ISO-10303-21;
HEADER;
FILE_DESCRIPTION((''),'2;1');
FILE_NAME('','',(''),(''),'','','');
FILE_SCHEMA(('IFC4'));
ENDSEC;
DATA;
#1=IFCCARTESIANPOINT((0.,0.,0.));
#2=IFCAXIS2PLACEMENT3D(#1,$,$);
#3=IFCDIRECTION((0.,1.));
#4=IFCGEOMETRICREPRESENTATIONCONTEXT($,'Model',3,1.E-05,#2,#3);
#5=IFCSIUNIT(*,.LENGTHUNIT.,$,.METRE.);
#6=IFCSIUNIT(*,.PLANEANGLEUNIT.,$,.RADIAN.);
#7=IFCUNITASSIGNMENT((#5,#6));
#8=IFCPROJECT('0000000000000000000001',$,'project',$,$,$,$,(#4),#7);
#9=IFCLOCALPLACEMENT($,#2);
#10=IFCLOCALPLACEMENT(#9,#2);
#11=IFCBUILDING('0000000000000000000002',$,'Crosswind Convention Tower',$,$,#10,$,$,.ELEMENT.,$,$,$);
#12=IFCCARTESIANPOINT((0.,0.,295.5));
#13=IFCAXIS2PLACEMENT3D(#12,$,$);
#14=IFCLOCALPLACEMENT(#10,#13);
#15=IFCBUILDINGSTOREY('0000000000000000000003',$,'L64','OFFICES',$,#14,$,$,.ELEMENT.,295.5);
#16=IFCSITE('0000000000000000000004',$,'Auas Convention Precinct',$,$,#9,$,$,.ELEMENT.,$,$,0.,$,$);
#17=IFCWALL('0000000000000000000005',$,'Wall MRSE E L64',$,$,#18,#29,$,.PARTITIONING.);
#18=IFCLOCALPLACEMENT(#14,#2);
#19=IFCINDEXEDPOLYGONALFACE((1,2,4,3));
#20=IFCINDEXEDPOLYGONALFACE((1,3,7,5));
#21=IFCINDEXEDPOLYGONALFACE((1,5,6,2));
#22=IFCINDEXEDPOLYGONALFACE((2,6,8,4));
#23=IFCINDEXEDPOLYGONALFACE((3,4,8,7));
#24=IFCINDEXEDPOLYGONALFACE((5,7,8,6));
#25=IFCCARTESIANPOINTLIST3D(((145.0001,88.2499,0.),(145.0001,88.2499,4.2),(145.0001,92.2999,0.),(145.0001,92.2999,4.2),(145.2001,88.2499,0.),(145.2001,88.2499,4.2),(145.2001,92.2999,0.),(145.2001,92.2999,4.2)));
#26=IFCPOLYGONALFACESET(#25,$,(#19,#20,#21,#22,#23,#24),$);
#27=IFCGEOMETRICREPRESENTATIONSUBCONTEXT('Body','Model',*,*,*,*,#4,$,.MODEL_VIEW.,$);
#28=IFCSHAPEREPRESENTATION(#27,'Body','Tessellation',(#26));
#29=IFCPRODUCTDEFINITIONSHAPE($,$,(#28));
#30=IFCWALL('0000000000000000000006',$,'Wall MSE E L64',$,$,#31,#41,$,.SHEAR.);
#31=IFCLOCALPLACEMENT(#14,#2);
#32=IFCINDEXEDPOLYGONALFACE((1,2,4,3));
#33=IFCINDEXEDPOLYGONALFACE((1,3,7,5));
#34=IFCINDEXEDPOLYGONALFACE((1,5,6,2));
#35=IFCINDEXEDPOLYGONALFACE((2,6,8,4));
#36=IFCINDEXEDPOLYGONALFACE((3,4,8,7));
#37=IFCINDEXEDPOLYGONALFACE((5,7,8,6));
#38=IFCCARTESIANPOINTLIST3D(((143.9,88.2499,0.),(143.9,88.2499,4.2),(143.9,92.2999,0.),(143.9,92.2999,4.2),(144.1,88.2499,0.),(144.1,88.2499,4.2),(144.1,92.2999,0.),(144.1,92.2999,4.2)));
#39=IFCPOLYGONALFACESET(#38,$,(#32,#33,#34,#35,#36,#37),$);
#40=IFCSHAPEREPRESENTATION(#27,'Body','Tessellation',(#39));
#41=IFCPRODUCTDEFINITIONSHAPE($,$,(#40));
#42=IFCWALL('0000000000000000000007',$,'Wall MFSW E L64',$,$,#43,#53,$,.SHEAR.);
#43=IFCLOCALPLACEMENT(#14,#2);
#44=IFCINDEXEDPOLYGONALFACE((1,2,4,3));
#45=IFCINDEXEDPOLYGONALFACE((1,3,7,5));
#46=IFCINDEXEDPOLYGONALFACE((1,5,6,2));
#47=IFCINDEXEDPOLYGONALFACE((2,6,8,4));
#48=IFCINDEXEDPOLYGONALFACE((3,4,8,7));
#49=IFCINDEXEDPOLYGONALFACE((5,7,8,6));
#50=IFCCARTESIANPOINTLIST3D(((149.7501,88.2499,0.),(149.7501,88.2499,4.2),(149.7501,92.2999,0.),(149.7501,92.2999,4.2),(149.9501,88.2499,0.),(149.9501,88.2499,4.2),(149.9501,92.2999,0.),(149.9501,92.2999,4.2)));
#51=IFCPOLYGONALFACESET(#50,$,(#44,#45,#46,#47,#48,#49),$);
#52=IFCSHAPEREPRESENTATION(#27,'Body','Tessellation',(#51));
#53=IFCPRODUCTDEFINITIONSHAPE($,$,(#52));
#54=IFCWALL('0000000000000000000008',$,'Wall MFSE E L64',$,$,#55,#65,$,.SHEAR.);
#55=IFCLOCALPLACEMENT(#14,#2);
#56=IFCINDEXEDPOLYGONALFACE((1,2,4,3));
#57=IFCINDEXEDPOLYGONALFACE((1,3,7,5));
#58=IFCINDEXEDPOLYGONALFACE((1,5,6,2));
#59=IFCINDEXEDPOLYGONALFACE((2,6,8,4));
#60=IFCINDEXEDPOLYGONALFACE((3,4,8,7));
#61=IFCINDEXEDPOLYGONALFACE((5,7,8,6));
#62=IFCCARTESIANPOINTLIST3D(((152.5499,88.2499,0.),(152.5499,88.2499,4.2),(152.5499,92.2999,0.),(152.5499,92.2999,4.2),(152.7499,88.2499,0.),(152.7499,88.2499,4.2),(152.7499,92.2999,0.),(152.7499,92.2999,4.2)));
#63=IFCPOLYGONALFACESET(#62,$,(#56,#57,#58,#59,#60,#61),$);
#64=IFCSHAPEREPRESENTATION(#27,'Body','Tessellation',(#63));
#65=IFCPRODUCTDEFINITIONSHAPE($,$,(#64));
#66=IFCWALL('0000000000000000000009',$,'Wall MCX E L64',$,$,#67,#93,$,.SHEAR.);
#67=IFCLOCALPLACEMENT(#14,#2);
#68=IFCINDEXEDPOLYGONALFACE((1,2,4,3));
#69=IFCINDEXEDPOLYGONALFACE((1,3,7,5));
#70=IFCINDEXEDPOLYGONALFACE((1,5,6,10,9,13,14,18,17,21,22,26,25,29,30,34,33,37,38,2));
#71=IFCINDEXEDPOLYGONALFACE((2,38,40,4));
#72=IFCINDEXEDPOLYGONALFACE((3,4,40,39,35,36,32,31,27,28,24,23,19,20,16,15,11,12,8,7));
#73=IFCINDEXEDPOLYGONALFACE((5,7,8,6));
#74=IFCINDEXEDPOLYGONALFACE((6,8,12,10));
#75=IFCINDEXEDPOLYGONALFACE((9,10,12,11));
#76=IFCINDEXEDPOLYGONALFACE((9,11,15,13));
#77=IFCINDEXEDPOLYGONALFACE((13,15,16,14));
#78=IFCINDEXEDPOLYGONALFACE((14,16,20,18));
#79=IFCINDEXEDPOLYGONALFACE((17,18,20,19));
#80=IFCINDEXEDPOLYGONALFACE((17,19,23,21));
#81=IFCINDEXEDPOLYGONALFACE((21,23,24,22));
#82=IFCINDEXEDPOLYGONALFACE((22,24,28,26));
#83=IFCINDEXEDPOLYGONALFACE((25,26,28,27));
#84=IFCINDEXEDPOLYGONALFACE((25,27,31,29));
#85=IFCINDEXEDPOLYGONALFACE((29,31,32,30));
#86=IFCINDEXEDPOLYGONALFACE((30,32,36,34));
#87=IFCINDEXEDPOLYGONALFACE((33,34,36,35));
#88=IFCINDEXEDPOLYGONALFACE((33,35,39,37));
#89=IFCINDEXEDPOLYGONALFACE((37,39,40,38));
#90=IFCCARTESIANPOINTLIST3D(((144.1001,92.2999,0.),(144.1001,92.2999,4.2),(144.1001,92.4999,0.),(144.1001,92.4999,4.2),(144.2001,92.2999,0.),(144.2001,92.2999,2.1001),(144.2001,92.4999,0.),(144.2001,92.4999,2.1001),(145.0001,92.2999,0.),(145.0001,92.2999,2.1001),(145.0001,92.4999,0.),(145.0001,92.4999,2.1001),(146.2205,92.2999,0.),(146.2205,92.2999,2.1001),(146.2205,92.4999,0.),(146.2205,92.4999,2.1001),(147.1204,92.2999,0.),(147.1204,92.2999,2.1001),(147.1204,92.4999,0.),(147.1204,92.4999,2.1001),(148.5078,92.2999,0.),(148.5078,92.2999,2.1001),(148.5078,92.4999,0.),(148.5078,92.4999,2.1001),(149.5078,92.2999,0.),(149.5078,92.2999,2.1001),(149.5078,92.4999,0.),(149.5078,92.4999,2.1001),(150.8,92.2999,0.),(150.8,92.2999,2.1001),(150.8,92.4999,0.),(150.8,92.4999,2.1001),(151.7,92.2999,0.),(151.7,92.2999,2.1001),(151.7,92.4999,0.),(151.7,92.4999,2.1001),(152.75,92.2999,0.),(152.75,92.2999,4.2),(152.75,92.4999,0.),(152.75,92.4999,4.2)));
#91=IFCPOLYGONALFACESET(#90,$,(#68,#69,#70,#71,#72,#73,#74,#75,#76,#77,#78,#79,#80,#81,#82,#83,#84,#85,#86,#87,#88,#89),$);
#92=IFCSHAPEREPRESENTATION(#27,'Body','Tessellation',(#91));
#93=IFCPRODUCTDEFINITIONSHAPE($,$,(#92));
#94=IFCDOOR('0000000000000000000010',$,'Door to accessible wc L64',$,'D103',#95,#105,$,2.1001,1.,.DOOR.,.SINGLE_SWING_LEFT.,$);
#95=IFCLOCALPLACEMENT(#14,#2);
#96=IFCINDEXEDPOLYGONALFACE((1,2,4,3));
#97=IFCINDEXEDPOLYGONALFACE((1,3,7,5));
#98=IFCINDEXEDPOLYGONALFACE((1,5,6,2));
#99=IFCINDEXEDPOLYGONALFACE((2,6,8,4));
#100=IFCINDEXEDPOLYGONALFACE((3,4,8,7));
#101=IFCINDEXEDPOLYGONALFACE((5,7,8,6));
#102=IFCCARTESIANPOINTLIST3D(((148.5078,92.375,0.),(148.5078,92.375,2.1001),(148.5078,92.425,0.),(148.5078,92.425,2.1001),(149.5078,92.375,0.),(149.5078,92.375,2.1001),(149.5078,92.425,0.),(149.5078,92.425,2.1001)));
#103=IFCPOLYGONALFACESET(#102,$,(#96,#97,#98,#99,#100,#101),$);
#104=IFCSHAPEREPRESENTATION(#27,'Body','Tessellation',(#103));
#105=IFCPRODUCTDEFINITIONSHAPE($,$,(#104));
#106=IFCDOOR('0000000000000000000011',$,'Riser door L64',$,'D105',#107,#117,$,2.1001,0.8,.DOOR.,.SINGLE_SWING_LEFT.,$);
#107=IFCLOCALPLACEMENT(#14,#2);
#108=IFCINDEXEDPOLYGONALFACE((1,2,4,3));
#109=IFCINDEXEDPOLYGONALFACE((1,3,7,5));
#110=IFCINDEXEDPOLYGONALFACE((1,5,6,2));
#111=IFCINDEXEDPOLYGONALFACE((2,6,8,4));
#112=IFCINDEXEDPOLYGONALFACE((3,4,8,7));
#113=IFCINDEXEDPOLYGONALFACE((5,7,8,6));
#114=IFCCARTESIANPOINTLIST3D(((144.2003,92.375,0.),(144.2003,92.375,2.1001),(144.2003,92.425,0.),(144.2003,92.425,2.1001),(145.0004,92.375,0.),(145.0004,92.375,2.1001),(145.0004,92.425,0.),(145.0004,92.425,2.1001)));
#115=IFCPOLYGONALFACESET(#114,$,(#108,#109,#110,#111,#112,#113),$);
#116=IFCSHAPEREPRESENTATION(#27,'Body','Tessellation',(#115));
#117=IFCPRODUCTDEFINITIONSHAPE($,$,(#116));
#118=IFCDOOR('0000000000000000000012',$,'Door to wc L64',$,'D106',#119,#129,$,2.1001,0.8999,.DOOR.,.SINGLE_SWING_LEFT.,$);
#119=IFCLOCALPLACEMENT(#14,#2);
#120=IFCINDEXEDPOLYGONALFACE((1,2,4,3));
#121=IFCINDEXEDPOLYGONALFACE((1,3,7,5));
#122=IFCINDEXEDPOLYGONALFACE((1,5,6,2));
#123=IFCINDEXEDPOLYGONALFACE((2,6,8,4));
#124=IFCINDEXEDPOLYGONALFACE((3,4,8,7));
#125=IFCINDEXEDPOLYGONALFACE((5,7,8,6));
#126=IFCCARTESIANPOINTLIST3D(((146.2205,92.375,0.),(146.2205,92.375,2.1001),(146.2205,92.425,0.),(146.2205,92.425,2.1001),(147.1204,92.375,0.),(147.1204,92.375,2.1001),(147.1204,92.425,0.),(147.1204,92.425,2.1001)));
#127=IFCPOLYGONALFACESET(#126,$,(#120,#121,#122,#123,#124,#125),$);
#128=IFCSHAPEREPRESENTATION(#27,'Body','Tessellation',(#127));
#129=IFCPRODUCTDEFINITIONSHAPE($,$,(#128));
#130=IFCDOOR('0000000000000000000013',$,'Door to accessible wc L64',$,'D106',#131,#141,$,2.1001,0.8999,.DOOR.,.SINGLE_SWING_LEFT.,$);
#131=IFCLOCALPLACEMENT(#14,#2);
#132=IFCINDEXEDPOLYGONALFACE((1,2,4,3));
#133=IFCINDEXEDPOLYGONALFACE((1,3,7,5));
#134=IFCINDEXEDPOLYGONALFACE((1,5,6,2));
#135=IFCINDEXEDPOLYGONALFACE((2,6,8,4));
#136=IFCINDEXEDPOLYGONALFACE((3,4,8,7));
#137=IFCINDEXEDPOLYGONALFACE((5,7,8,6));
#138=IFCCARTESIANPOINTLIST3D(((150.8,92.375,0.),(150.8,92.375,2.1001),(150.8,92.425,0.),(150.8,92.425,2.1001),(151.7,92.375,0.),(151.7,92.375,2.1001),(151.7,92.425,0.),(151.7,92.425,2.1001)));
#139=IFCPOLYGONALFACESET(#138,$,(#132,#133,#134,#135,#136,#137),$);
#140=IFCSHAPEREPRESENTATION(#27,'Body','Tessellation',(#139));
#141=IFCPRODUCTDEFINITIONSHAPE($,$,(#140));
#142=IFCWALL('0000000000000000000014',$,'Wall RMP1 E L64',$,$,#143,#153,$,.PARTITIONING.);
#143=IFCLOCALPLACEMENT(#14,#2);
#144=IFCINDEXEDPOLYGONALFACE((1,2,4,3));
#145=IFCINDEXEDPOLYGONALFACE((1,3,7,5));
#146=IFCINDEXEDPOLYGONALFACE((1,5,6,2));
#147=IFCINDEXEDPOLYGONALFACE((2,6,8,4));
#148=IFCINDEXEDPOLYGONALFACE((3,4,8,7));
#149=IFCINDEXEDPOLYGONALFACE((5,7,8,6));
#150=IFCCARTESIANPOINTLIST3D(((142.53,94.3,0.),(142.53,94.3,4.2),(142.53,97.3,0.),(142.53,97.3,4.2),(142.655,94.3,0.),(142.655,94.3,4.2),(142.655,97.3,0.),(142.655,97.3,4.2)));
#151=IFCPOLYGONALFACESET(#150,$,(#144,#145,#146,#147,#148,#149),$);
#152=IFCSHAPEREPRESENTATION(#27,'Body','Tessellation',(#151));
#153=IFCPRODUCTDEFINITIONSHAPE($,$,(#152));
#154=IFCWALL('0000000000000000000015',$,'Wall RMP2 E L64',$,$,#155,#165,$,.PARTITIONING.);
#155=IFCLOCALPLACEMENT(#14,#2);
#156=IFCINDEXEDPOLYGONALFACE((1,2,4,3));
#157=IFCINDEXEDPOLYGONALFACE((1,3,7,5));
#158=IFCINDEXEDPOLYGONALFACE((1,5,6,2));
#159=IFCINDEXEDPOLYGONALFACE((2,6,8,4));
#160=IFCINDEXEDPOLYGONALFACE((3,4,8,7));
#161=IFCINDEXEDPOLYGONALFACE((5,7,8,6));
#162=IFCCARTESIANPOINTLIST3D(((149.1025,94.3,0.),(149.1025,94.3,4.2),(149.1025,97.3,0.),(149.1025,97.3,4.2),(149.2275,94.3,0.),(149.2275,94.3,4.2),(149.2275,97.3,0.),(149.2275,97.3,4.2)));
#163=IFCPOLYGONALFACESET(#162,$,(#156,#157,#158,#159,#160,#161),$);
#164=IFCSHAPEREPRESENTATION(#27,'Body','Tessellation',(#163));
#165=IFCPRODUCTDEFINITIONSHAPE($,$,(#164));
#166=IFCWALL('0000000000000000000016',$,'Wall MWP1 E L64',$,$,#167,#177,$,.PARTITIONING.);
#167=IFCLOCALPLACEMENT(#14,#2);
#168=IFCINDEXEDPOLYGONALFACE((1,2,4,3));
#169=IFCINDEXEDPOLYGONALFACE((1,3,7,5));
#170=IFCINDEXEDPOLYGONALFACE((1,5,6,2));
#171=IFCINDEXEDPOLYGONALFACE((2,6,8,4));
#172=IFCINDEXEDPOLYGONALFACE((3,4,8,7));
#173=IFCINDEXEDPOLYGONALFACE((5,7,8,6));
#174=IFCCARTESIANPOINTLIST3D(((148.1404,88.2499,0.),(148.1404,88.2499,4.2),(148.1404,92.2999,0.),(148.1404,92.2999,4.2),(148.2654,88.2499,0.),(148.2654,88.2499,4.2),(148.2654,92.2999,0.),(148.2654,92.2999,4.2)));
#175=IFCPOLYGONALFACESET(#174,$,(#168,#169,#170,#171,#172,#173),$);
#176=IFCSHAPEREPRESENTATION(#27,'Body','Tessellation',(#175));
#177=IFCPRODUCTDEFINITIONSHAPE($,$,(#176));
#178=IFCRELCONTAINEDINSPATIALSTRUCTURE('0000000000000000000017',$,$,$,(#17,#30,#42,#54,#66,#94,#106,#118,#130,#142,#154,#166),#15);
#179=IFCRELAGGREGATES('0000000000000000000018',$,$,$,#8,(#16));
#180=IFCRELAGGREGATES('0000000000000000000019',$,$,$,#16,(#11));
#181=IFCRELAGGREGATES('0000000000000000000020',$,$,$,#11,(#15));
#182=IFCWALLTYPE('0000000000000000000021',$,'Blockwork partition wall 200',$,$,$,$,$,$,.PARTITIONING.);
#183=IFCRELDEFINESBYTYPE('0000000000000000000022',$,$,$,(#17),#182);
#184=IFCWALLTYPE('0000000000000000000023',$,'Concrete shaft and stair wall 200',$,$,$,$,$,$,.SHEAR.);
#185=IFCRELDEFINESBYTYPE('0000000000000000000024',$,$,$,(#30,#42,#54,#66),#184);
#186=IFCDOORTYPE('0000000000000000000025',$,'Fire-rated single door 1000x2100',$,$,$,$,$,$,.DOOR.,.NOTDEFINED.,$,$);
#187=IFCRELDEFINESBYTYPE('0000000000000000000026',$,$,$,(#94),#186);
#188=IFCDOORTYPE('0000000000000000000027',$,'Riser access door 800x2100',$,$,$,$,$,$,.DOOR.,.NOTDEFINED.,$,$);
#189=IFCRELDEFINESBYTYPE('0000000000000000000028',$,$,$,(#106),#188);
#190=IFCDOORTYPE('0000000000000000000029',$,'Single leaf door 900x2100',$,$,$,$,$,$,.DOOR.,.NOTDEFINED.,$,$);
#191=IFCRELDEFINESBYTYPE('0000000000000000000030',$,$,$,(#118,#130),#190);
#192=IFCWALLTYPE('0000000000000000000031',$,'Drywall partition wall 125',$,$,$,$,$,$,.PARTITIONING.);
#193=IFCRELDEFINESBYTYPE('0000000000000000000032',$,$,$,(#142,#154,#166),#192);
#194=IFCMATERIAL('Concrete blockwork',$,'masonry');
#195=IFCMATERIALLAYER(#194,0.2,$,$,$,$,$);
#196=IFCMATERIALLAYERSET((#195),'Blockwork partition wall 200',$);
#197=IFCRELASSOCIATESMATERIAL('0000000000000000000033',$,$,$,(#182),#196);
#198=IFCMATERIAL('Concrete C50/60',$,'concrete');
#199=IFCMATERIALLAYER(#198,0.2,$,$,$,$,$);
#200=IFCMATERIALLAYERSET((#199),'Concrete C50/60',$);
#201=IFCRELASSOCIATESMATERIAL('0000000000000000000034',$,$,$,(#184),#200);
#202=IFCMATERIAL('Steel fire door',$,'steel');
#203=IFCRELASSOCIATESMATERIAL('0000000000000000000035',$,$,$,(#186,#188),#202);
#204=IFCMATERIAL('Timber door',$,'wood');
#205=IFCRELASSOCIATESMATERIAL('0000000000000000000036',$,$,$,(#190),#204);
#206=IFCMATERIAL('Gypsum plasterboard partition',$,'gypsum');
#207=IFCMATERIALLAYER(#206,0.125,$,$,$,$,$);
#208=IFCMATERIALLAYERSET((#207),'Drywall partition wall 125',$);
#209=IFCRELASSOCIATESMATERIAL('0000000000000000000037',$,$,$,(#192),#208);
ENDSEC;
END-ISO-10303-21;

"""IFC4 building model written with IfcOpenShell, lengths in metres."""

from ifc_helpers import new_model, si_unit, direction, frame, frame_2d, origin, place, context, subcontext, project, spatial, rectangle, extrude, material, layer, layer_set, type_object, element, fill, save


model = new_model("IFC4")

# Units and contexts
model_context = context("Model", 3, precision=1e-05, world=origin(), true_north=direction((0.0, 1.0)))
body_context = subcontext(model_context, "Body", "Model", "MODEL_VIEW")
ifc_project = project(units=[si_unit("LENGTHUNIT", "METRE"), si_unit("PLANEANGLEUNIT", "RADIAN")], contexts=[model_context])

# Site, building, storey
site_placement = place(None, origin())
site = spatial("IfcSite", under=ifc_project, at=site_placement, Name="Auas Convention Precinct", CompositionType="ELEMENT", RefElevation=0.0)
building_placement = place(site_placement, origin())
building = spatial("IfcBuilding", under=site, at=building_placement, Name="Crosswind Convention Tower", CompositionType="ELEMENT")
storey_placement = place(building_placement, frame((0.0, 0.0, 295.5)))
storey = spatial("IfcBuildingStorey", under=building, at=storey_placement, Name="L64", Description="OFFICES", CompositionType="ELEMENT", Elevation=295.5)

# Walls
ifc_material_1 = material(Name="Concrete blockwork", Category="masonry")
ifc_layer_1 = layer(ifc_material_1, 0.2)
ifc_layer_set_1 = layer_set([ifc_layer_1], Name="Blockwork partition wall 200")
wall_type_1 = type_object("IfcWallType", Name="Blockwork partition wall 200", PredefinedType="PARTITIONING", material=ifc_layer_set_1)
wall_1_placement = place(storey_placement, frame((145.1001, 88.25, 0.0), z_axis=(0.0, 0.0, 1.0), x_axis=(0.0, 1.0, 0.0)))
element("IfcWall", 1, at=wall_1_placement, inside=storey, type_object=wall_type_1, Name="Wall MRSE E L64", PredefinedType="PARTITIONING", context=body_context, shape_type="SweptSolid", body=[
    extrude(rectangle(XDim=4.05, YDim=0.2, at=frame_2d((2.0249, 0.0))), origin(), (0.0, 0.0, 1.0), 4.2),
])
ifc_material_2 = material(Name="Concrete C50/60", Category="concrete")
ifc_layer_2 = layer(ifc_material_2, 0.2)
ifc_layer_set_2 = layer_set([ifc_layer_2], Name="Concrete C50/60")
wall_type_2 = type_object("IfcWallType", Name="Concrete shaft and stair wall 200", PredefinedType="SHEAR", material=ifc_layer_set_2)
for number, where, z_axis, x_axis, name in (
    (2, (144.0, 88.25, 0.0), (0.0, 0.0, 1.0), (0.0, 1.0, 0.0), "Wall MSE E L64"),
    (3, (149.8501, 88.25, 0.0), (0.0, 0.0, 1.0), (0.0, 1.0, 0.0), "Wall MFSW E L64"),
    (4, (152.6499, 88.25, 0.0), (0.0, 0.0, 1.0), (0.0, 1.0, 0.0), "Wall MFSE E L64"),
):
    element("IfcWall", number, at=place(storey_placement, frame(where, z_axis=z_axis, x_axis=x_axis)), inside=storey, type_object=wall_type_2, Name=name, PredefinedType="SHEAR", context=body_context, shape_type="SweptSolid", body=[
        extrude(rectangle(XDim=4.05, YDim=0.2, at=frame_2d((2.0249, 0.0))), origin(), (0.0, 0.0, 1.0), 4.2),
    ])

# Wall, openings, doors
wall_2_placement = place(storey_placement, frame((144.1001, 92.3999, 0.0), z_axis=(0.0, 0.0, 1.0), x_axis=(1.0, 0.0, 0.0)))
wall_2 = element("IfcWall", 5, at=wall_2_placement, inside=storey, type_object=wall_type_2, Name="Wall MCX E L64", PredefinedType="SHEAR", context=body_context, shape_type="SweptSolid", body=[
    extrude(rectangle(XDim=8.6499, YDim=0.2, at=frame_2d((4.325, 0.0))), origin(), (0.0, 0.0, 1.0), 4.2),
])
opening_1_placement = place(wall_2_placement, frame((0.1001, 0.0, 0.0)))
opening_1 = element("IfcOpeningElement", 6, at=opening_1_placement, cuts=wall_2, PredefinedType="OPENING", context=body_context, shape_type="SweptSolid", body=[
    extrude(rectangle(XDim=0.8, YDim=2.1001, at=frame_2d((0.3999, 1.05))), frame((0.0, 0.1099, 0.0), z_axis=(0.0, -1.0, 0.0), x_axis=(1.0, 0.0, 0.0)), (0.0, 0.0, 1.0), 0.22),
])
opening_2_placement = place(wall_2_placement, frame((2.1204, 0.0, 0.0)))
opening_2 = element("IfcOpeningElement", 7, at=opening_2_placement, cuts=wall_2, PredefinedType="OPENING", context=body_context, shape_type="SweptSolid", body=[
    extrude(rectangle(XDim=0.8999, YDim=2.1001, at=frame_2d((0.45, 1.05))), frame((0.0, 0.1099, 0.0), z_axis=(0.0, -1.0, 0.0), x_axis=(1.0, 0.0, 0.0)), (0.0, 0.0, 1.0), 0.22),
])
opening_3_placement = place(wall_2_placement, frame((4.4077, 0.0, 0.0)))
opening_3 = element("IfcOpeningElement", 8, at=opening_3_placement, cuts=wall_2, PredefinedType="OPENING", context=body_context, shape_type="SweptSolid", body=[
    extrude(rectangle(XDim=1.0, YDim=2.1001, at=frame_2d((0.5, 1.05))), frame((0.0, 0.1099, 0.0), z_axis=(0.0, -1.0, 0.0), x_axis=(1.0, 0.0, 0.0)), (0.0, 0.0, 1.0), 0.22),
])
opening_4_placement = place(wall_2_placement, frame((6.7, 0.0, 0.0)))
opening_4 = element("IfcOpeningElement", 9, at=opening_4_placement, cuts=wall_2, PredefinedType="OPENING", context=body_context, shape_type="SweptSolid", body=[
    extrude(rectangle(XDim=0.8999, YDim=2.1001, at=frame_2d((0.45, 1.05))), frame((0.0, 0.1099, 0.0), z_axis=(0.0, -1.0, 0.0), x_axis=(1.0, 0.0, 0.0)), (0.0, 0.0, 1.0), 0.22),
])
ifc_material_3 = material(Name="Steel fire door", Category="steel")
door_type_1 = type_object("IfcDoorType", Name="Fire-rated single door 1000x2100", OperationType="NOTDEFINED", PredefinedType="DOOR", material=ifc_material_3)
door_1_placement = place(opening_3_placement, frame((1.0, 0.0, 0.0), z_axis=(0.0, 0.0, 1.0), x_axis=(-1.0, 0.0, 0.0)))
door_1 = element("IfcDoor", 10, at=door_1_placement, inside=storey, type_object=door_type_1, Name="Door to accessible wc L64", ObjectType="D103", OperationType="SINGLE_SWING_LEFT", OverallHeight=2.1001, OverallWidth=1.0, PredefinedType="DOOR", context=body_context, shape_type="SweptSolid", body=[
    extrude(rectangle(XDim=1.0, YDim=2.1001, at=frame_2d((0.5, 1.05))), frame((0.0, 0.0249, 0.0), z_axis=(0.0, -1.0, 0.0), x_axis=(1.0, 0.0, 0.0)), (0.0, 0.0, 1.0), 0.05),
])
fill(opening_3, door_1)
door_type_2 = type_object("IfcDoorType", Name="Riser access door 800x2100", OperationType="NOTDEFINED", PredefinedType="DOOR", material=ifc_material_3)
door_2_placement = place(opening_1_placement, frame((0.8, 0.0, 0.0), z_axis=(0.0, 0.0, 1.0), x_axis=(-1.0, 0.0, 0.0)))
door_2 = element("IfcDoor", 11, at=door_2_placement, inside=storey, type_object=door_type_2, Name="Riser door L64", ObjectType="D105", OperationType="SINGLE_SWING_LEFT", OverallHeight=2.1001, OverallWidth=0.8, PredefinedType="DOOR", context=body_context, shape_type="SweptSolid", body=[
    extrude(rectangle(XDim=0.8, YDim=2.1001, at=frame_2d((0.3999, 1.05))), frame((0.0, 0.0249, 0.0), z_axis=(0.0, -1.0, 0.0), x_axis=(1.0, 0.0, 0.0)), (0.0, 0.0, 1.0), 0.05),
])
fill(opening_1, door_2)
ifc_material_4 = material(Name="Timber door", Category="wood")
door_type_3 = type_object("IfcDoorType", Name="Single leaf door 900x2100", OperationType="NOTDEFINED", PredefinedType="DOOR", material=ifc_material_4)
door_3_placement = place(opening_2_placement, frame((0.8999, 0.0, 0.0), z_axis=(0.0, 0.0, 1.0), x_axis=(-1.0, 0.0, 0.0)))
door_3 = element("IfcDoor", 12, at=door_3_placement, inside=storey, type_object=door_type_3, Name="Door to wc L64", ObjectType="D106", OperationType="SINGLE_SWING_LEFT", OverallHeight=2.1001, OverallWidth=0.8999, PredefinedType="DOOR", context=body_context, shape_type="SweptSolid", body=[
    extrude(rectangle(XDim=0.8999, YDim=2.1001, at=frame_2d((0.45, 1.05))), frame((0.0, 0.0249, 0.0), z_axis=(0.0, -1.0, 0.0), x_axis=(1.0, 0.0, 0.0)), (0.0, 0.0, 1.0), 0.05),
])
fill(opening_2, door_3)
door_4_placement = place(opening_4_placement, frame((0.8999, 0.0, 0.0), z_axis=(0.0, 0.0, 1.0), x_axis=(-1.0, 0.0, 0.0)))
door_4 = element("IfcDoor", 13, at=door_4_placement, inside=storey, type_object=door_type_3, Name="Door to accessible wc L64", ObjectType="D106", OperationType="SINGLE_SWING_LEFT", OverallHeight=2.1001, OverallWidth=0.8999, PredefinedType="DOOR", context=body_context, shape_type="SweptSolid", body=[
    extrude(rectangle(XDim=0.8999, YDim=2.1001, at=frame_2d((0.45, 1.05))), frame((0.0, 0.0249, 0.0), z_axis=(0.0, -1.0, 0.0), x_axis=(1.0, 0.0, 0.0)), (0.0, 0.0, 1.0), 0.05),
])
fill(opening_4, door_4)

# Walls
ifc_material_5 = material(Name="Gypsum plasterboard partition", Category="gypsum")
ifc_layer_3 = layer(ifc_material_5, 0.125)
ifc_layer_set_3 = layer_set([ifc_layer_3], Name="Drywall partition wall 125")
wall_type_3 = type_object("IfcWallType", Name="Drywall partition wall 125", PredefinedType="PARTITIONING", material=ifc_layer_set_3)
for number, where, z_axis, x_axis, name in (
    (14, (142.5925, 94.3, 0.0), (0.0, 0.0, 1.0), (0.0, 1.0, 0.0), "Wall RMP1 E L64"),
    (15, (149.165, 94.3, 0.0), (0.0, 0.0, 1.0), (0.0, 1.0, 0.0), "Wall RMP2 E L64"),
):
    element("IfcWall", number, at=place(storey_placement, frame(where, z_axis=z_axis, x_axis=x_axis)), inside=storey, type_object=wall_type_3, Name=name, PredefinedType="PARTITIONING", context=body_context, shape_type="SweptSolid", body=[
        extrude(rectangle(XDim=3.0, YDim=0.125, at=frame_2d((1.5, 0.0))), origin(), (0.0, 0.0, 1.0), 4.2),
    ])
wall_3_placement = place(storey_placement, frame((148.2029, 88.25, 0.0), z_axis=(0.0, 0.0, 1.0), x_axis=(0.0, 1.0, 0.0)))
element("IfcWall", 16, at=wall_3_placement, inside=storey, type_object=wall_type_3, Name="Wall MWP1 E L64", PredefinedType="PARTITIONING", context=body_context, shape_type="SweptSolid", body=[
    extrude(rectangle(XDim=4.05, YDim=0.125, at=frame_2d((2.0249, 0.0))), origin(), (0.0, 0.0, 1.0), 4.2),
])

save(model, "model.ifc")
